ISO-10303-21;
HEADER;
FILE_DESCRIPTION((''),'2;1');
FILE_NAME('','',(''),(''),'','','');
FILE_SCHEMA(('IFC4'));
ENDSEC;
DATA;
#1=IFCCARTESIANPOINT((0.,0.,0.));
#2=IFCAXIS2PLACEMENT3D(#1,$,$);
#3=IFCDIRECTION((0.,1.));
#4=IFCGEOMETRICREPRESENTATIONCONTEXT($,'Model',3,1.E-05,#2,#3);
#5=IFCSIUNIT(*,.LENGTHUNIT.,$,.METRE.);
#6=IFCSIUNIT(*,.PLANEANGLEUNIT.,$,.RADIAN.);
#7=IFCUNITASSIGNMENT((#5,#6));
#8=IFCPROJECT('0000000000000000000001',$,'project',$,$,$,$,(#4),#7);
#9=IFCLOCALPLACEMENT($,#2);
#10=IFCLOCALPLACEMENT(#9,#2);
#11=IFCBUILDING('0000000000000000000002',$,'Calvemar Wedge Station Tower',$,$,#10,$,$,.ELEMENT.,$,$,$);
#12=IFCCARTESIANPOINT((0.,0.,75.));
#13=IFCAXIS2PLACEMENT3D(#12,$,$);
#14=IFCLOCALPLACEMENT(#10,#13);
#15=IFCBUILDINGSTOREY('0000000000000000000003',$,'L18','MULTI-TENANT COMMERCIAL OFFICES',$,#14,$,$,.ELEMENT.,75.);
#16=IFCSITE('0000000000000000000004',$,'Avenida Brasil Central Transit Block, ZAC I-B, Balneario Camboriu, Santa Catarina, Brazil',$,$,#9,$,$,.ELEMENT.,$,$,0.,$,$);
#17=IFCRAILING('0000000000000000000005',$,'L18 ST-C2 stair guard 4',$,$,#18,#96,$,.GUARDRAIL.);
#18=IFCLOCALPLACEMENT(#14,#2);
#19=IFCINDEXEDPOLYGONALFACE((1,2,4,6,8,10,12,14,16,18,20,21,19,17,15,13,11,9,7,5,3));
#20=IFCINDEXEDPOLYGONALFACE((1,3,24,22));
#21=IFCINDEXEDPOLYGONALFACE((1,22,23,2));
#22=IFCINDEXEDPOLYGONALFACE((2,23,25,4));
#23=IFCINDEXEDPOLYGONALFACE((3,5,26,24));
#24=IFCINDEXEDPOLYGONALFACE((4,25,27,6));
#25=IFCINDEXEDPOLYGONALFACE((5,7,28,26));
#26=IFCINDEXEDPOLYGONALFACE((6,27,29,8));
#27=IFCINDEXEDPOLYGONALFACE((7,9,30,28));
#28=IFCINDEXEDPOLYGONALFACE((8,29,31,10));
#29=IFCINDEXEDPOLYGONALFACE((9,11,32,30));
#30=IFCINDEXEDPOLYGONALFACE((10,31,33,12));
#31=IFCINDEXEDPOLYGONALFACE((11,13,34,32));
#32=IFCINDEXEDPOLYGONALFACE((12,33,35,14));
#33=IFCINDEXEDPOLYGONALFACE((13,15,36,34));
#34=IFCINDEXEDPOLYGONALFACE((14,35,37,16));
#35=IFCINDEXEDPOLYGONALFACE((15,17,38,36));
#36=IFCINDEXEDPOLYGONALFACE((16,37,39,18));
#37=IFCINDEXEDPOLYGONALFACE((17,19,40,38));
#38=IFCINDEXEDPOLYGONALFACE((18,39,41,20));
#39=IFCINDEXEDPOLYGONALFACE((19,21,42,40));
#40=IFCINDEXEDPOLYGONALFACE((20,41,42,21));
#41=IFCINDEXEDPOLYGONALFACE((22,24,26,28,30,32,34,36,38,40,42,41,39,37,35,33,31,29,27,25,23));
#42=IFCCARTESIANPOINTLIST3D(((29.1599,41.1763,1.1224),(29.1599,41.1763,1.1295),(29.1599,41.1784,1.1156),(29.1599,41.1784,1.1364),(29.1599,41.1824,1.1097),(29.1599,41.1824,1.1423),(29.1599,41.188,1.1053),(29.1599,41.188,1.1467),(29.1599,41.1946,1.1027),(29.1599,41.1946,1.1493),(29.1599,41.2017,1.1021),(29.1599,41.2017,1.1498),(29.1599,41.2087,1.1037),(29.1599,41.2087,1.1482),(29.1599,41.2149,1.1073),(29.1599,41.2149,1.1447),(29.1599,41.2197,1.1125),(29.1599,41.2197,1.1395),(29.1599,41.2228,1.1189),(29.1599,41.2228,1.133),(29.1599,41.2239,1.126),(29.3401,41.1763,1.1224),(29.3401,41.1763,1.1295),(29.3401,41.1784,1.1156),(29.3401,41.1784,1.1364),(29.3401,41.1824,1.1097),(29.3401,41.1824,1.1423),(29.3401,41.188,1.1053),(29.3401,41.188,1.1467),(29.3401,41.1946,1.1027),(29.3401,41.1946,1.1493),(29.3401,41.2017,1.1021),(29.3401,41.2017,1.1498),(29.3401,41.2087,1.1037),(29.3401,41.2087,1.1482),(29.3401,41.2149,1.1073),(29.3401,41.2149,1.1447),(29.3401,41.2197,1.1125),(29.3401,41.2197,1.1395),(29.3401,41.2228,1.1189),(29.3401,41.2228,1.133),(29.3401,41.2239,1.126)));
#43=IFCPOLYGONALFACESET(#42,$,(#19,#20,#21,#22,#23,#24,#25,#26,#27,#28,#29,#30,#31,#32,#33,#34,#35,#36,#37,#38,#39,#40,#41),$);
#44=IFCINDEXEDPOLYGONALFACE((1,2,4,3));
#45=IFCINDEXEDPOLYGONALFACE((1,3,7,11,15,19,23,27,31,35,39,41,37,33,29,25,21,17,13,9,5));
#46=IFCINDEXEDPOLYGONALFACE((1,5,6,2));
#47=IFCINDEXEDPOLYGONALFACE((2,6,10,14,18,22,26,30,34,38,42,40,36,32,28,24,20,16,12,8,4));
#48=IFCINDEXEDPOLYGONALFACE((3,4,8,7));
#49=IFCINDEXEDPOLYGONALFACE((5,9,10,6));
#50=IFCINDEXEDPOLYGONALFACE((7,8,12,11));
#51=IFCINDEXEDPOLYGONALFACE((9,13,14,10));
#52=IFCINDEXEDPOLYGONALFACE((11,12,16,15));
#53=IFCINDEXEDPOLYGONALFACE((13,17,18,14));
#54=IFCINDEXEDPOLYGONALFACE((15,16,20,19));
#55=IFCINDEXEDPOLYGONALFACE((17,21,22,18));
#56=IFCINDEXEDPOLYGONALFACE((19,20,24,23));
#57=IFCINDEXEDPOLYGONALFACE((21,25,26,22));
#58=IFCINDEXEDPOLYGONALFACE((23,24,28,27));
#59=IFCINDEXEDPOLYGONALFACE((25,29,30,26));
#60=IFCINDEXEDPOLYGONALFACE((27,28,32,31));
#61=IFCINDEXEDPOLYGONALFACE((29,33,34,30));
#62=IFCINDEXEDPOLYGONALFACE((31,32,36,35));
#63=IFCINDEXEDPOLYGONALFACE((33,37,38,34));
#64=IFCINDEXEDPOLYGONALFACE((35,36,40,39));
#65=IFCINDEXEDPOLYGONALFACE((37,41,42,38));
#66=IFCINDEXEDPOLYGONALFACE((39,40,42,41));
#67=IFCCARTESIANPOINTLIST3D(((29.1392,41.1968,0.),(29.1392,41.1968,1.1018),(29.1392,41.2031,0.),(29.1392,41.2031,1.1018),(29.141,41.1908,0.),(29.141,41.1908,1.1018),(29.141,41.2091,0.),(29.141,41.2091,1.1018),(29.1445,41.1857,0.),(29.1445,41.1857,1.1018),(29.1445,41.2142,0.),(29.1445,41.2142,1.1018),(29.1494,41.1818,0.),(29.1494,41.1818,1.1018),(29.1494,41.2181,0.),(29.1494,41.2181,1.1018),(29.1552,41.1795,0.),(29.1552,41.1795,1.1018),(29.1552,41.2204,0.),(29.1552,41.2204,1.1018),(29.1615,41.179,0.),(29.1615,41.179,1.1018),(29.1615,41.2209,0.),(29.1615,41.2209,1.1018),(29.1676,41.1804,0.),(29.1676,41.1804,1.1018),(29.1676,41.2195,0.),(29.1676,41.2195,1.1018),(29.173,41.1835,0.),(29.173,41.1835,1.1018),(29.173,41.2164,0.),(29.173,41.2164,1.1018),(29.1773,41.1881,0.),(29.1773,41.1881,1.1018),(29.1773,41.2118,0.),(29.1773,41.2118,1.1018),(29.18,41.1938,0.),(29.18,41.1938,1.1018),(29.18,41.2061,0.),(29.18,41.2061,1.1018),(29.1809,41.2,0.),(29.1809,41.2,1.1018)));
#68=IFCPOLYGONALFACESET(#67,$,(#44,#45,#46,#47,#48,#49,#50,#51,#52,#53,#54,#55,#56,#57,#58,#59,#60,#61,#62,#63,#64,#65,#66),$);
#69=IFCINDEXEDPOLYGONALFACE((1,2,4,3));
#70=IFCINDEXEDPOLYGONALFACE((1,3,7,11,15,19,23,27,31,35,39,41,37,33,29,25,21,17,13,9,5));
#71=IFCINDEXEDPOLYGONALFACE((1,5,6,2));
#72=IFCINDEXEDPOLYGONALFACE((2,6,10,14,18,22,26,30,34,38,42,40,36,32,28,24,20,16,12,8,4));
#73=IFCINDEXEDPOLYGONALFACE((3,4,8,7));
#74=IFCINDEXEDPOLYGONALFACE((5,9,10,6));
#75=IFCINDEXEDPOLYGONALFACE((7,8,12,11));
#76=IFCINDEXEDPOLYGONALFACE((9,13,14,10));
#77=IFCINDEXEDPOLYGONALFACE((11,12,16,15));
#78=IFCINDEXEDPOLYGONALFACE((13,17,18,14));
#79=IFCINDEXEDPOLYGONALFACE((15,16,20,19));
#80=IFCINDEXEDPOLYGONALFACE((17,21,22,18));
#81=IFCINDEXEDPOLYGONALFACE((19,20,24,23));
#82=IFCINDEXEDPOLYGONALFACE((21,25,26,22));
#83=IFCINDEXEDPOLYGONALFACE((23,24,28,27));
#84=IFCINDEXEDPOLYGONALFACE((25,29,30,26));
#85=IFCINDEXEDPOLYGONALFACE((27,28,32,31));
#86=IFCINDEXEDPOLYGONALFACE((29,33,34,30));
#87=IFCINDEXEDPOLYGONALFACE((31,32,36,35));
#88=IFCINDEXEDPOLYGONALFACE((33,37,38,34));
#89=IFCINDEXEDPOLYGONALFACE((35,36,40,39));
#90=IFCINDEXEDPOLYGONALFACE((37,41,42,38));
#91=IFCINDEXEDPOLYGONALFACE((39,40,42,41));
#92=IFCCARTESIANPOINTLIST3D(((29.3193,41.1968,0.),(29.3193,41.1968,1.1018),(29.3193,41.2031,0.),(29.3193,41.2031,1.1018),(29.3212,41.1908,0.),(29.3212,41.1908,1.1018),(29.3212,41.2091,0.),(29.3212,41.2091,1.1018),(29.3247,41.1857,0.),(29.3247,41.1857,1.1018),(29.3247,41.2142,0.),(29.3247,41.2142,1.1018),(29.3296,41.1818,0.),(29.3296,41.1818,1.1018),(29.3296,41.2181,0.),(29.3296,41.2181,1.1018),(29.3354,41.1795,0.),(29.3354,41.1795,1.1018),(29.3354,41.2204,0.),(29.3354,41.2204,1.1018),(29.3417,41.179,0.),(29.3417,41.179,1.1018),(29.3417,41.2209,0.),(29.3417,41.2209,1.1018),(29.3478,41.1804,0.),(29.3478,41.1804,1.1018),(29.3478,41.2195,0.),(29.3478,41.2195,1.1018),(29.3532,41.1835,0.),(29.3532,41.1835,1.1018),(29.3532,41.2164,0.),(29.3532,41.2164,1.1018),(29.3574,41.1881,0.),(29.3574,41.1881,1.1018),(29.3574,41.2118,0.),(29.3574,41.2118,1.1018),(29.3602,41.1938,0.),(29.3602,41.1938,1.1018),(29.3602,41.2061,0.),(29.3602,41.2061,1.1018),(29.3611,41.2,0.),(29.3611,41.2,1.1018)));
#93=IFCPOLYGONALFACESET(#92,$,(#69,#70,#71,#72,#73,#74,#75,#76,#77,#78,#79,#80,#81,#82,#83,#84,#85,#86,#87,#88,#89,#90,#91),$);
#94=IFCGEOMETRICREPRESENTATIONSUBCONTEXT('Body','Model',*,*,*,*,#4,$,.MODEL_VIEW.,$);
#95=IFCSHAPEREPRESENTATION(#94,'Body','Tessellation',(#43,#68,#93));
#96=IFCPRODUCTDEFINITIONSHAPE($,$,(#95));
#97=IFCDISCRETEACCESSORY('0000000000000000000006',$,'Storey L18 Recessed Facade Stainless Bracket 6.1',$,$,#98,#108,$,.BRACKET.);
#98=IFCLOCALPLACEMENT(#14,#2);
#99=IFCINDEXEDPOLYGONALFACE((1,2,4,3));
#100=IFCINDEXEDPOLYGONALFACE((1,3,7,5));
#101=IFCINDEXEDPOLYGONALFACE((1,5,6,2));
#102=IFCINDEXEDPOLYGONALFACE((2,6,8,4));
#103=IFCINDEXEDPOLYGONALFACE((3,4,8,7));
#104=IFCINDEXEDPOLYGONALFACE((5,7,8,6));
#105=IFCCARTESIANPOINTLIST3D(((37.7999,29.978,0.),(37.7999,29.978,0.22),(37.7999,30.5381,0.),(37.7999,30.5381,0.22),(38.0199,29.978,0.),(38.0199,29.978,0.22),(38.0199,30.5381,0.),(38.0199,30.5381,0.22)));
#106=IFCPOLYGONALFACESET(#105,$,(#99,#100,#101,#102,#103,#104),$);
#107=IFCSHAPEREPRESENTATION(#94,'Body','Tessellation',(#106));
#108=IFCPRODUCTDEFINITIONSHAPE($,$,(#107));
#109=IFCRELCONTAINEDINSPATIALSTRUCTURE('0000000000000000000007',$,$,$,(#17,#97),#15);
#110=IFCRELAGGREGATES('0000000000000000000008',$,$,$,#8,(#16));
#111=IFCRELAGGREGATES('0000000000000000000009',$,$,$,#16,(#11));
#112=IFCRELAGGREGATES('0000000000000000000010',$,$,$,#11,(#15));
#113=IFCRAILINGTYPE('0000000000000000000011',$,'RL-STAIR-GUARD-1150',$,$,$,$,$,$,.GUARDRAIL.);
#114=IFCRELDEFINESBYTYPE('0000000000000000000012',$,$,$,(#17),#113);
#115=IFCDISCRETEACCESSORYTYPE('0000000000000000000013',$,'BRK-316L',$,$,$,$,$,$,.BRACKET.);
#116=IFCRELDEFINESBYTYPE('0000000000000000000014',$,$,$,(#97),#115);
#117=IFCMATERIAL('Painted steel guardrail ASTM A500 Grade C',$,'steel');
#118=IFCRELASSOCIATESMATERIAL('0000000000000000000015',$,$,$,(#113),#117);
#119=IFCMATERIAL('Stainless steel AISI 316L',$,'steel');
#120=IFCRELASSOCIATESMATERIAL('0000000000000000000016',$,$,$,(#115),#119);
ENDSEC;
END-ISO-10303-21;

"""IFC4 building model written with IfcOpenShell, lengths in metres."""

from ifc_helpers import new_model, si_unit, direction, frame, origin, origin_2d, place, context, subcontext, project, spatial, rectangle, circle, extrude, source, transform, mapped, material, type_object, element, save


model = new_model("IFC4")

# Units and contexts
model_context = context("Model", 3, precision=1e-05, world=origin(), true_north=direction((0.0, 1.0)))
body_context = subcontext(model_context, "Body", "Model", "MODEL_VIEW")
ifc_project = project(units=[si_unit("LENGTHUNIT", "METRE"), si_unit("PLANEANGLEUNIT", "RADIAN")], contexts=[model_context])

# Site, building, storey
site_placement = place(None, origin())
site = spatial("IfcSite", under=ifc_project, at=site_placement, Name="Avenida Brasil Central Transit Block, ZAC I-B, Balneario Camboriu, Santa Catarina, Brazil", CompositionType="ELEMENT", RefElevation=0.0)
building_placement = place(site_placement, origin())
building = spatial("IfcBuilding", under=site, at=building_placement, Name="Calvemar Wedge Station Tower", CompositionType="ELEMENT")
storey_placement = place(building_placement, frame((0.0, 0.0, 75.0)))
storey = spatial("IfcBuildingStorey", under=building, at=storey_placement, Name="L18", Description="MULTI-TENANT COMMERCIAL OFFICES", CompositionType="ELEMENT", Elevation=75.0)

# Railing
ifc_material_1 = material(Name="Stainless steel AISI 316L", Category="steel")
ifc_material_2 = material(Name="Painted steel guardrail ASTM A500 Grade C", Category="steel")
railing_type_1 = type_object("IfcRailingType", Name="RL-STAIR-GUARD-1150", PredefinedType="GUARDRAIL", material=ifc_material_2)
railing_1_placement = place(storey_placement, frame((29.1599, 41.2, 0.0)))
element("IfcRailing", 1, at=railing_1_placement, inside=storey, type_object=railing_type_1, Name="L18 ST-C2 stair guard 4", PredefinedType="GUARDRAIL", context=body_context, shape_type="SweptSolid", body=[
    extrude(circle(Radius=0.0239, at=origin_2d()), frame((0.0, 0.0, 1.126), z_axis=(1.0, 0.0, 0.0), x_axis=(0.0, 1.0, 0.0)), (0.0, 0.0, 1.0), 0.1802),
    extrude(circle(Radius=0.021, at=origin_2d()), origin(), (0.0, 0.0, 1.0), 1.1018),
    extrude(circle(Radius=0.021, at=origin_2d()), frame((0.1802, 0.0, 0.0)), (0.0, 0.0, 1.0), 1.1018),
])

# Discrete accessory
discrete_accessory_type = type_object("IfcDiscreteAccessoryType", Name="BRK-316L", PredefinedType="BRACKET", material=ifc_material_1)
shared_shape_1 = source(origin(), body_context, "Body", "SweptSolid", [
    extrude(rectangle(XDim=0.22, YDim=0.5601, at=origin_2d()), origin(), (0.0, 0.0, 1.0), 0.22),
])
discrete_accessory_placement = place(storey_placement, frame((37.9099, 30.2581, 0.0), z_axis=(0.0, 0.0, 1.0), x_axis=(1.0, 0.0, 0.0)))
element("IfcDiscreteAccessory", 2, at=discrete_accessory_placement, inside=storey, type_object=discrete_accessory_type, Name="Storey L18 Recessed Facade Stainless Bracket 6.1", PredefinedType="BRACKET", context=body_context, shape_type="MappedRepresentation", body=[
    mapped(shared_shape_1, transform((0.0, 0.0, 0.0), scale=1.0)),
])

save(model, "model.ifc")
